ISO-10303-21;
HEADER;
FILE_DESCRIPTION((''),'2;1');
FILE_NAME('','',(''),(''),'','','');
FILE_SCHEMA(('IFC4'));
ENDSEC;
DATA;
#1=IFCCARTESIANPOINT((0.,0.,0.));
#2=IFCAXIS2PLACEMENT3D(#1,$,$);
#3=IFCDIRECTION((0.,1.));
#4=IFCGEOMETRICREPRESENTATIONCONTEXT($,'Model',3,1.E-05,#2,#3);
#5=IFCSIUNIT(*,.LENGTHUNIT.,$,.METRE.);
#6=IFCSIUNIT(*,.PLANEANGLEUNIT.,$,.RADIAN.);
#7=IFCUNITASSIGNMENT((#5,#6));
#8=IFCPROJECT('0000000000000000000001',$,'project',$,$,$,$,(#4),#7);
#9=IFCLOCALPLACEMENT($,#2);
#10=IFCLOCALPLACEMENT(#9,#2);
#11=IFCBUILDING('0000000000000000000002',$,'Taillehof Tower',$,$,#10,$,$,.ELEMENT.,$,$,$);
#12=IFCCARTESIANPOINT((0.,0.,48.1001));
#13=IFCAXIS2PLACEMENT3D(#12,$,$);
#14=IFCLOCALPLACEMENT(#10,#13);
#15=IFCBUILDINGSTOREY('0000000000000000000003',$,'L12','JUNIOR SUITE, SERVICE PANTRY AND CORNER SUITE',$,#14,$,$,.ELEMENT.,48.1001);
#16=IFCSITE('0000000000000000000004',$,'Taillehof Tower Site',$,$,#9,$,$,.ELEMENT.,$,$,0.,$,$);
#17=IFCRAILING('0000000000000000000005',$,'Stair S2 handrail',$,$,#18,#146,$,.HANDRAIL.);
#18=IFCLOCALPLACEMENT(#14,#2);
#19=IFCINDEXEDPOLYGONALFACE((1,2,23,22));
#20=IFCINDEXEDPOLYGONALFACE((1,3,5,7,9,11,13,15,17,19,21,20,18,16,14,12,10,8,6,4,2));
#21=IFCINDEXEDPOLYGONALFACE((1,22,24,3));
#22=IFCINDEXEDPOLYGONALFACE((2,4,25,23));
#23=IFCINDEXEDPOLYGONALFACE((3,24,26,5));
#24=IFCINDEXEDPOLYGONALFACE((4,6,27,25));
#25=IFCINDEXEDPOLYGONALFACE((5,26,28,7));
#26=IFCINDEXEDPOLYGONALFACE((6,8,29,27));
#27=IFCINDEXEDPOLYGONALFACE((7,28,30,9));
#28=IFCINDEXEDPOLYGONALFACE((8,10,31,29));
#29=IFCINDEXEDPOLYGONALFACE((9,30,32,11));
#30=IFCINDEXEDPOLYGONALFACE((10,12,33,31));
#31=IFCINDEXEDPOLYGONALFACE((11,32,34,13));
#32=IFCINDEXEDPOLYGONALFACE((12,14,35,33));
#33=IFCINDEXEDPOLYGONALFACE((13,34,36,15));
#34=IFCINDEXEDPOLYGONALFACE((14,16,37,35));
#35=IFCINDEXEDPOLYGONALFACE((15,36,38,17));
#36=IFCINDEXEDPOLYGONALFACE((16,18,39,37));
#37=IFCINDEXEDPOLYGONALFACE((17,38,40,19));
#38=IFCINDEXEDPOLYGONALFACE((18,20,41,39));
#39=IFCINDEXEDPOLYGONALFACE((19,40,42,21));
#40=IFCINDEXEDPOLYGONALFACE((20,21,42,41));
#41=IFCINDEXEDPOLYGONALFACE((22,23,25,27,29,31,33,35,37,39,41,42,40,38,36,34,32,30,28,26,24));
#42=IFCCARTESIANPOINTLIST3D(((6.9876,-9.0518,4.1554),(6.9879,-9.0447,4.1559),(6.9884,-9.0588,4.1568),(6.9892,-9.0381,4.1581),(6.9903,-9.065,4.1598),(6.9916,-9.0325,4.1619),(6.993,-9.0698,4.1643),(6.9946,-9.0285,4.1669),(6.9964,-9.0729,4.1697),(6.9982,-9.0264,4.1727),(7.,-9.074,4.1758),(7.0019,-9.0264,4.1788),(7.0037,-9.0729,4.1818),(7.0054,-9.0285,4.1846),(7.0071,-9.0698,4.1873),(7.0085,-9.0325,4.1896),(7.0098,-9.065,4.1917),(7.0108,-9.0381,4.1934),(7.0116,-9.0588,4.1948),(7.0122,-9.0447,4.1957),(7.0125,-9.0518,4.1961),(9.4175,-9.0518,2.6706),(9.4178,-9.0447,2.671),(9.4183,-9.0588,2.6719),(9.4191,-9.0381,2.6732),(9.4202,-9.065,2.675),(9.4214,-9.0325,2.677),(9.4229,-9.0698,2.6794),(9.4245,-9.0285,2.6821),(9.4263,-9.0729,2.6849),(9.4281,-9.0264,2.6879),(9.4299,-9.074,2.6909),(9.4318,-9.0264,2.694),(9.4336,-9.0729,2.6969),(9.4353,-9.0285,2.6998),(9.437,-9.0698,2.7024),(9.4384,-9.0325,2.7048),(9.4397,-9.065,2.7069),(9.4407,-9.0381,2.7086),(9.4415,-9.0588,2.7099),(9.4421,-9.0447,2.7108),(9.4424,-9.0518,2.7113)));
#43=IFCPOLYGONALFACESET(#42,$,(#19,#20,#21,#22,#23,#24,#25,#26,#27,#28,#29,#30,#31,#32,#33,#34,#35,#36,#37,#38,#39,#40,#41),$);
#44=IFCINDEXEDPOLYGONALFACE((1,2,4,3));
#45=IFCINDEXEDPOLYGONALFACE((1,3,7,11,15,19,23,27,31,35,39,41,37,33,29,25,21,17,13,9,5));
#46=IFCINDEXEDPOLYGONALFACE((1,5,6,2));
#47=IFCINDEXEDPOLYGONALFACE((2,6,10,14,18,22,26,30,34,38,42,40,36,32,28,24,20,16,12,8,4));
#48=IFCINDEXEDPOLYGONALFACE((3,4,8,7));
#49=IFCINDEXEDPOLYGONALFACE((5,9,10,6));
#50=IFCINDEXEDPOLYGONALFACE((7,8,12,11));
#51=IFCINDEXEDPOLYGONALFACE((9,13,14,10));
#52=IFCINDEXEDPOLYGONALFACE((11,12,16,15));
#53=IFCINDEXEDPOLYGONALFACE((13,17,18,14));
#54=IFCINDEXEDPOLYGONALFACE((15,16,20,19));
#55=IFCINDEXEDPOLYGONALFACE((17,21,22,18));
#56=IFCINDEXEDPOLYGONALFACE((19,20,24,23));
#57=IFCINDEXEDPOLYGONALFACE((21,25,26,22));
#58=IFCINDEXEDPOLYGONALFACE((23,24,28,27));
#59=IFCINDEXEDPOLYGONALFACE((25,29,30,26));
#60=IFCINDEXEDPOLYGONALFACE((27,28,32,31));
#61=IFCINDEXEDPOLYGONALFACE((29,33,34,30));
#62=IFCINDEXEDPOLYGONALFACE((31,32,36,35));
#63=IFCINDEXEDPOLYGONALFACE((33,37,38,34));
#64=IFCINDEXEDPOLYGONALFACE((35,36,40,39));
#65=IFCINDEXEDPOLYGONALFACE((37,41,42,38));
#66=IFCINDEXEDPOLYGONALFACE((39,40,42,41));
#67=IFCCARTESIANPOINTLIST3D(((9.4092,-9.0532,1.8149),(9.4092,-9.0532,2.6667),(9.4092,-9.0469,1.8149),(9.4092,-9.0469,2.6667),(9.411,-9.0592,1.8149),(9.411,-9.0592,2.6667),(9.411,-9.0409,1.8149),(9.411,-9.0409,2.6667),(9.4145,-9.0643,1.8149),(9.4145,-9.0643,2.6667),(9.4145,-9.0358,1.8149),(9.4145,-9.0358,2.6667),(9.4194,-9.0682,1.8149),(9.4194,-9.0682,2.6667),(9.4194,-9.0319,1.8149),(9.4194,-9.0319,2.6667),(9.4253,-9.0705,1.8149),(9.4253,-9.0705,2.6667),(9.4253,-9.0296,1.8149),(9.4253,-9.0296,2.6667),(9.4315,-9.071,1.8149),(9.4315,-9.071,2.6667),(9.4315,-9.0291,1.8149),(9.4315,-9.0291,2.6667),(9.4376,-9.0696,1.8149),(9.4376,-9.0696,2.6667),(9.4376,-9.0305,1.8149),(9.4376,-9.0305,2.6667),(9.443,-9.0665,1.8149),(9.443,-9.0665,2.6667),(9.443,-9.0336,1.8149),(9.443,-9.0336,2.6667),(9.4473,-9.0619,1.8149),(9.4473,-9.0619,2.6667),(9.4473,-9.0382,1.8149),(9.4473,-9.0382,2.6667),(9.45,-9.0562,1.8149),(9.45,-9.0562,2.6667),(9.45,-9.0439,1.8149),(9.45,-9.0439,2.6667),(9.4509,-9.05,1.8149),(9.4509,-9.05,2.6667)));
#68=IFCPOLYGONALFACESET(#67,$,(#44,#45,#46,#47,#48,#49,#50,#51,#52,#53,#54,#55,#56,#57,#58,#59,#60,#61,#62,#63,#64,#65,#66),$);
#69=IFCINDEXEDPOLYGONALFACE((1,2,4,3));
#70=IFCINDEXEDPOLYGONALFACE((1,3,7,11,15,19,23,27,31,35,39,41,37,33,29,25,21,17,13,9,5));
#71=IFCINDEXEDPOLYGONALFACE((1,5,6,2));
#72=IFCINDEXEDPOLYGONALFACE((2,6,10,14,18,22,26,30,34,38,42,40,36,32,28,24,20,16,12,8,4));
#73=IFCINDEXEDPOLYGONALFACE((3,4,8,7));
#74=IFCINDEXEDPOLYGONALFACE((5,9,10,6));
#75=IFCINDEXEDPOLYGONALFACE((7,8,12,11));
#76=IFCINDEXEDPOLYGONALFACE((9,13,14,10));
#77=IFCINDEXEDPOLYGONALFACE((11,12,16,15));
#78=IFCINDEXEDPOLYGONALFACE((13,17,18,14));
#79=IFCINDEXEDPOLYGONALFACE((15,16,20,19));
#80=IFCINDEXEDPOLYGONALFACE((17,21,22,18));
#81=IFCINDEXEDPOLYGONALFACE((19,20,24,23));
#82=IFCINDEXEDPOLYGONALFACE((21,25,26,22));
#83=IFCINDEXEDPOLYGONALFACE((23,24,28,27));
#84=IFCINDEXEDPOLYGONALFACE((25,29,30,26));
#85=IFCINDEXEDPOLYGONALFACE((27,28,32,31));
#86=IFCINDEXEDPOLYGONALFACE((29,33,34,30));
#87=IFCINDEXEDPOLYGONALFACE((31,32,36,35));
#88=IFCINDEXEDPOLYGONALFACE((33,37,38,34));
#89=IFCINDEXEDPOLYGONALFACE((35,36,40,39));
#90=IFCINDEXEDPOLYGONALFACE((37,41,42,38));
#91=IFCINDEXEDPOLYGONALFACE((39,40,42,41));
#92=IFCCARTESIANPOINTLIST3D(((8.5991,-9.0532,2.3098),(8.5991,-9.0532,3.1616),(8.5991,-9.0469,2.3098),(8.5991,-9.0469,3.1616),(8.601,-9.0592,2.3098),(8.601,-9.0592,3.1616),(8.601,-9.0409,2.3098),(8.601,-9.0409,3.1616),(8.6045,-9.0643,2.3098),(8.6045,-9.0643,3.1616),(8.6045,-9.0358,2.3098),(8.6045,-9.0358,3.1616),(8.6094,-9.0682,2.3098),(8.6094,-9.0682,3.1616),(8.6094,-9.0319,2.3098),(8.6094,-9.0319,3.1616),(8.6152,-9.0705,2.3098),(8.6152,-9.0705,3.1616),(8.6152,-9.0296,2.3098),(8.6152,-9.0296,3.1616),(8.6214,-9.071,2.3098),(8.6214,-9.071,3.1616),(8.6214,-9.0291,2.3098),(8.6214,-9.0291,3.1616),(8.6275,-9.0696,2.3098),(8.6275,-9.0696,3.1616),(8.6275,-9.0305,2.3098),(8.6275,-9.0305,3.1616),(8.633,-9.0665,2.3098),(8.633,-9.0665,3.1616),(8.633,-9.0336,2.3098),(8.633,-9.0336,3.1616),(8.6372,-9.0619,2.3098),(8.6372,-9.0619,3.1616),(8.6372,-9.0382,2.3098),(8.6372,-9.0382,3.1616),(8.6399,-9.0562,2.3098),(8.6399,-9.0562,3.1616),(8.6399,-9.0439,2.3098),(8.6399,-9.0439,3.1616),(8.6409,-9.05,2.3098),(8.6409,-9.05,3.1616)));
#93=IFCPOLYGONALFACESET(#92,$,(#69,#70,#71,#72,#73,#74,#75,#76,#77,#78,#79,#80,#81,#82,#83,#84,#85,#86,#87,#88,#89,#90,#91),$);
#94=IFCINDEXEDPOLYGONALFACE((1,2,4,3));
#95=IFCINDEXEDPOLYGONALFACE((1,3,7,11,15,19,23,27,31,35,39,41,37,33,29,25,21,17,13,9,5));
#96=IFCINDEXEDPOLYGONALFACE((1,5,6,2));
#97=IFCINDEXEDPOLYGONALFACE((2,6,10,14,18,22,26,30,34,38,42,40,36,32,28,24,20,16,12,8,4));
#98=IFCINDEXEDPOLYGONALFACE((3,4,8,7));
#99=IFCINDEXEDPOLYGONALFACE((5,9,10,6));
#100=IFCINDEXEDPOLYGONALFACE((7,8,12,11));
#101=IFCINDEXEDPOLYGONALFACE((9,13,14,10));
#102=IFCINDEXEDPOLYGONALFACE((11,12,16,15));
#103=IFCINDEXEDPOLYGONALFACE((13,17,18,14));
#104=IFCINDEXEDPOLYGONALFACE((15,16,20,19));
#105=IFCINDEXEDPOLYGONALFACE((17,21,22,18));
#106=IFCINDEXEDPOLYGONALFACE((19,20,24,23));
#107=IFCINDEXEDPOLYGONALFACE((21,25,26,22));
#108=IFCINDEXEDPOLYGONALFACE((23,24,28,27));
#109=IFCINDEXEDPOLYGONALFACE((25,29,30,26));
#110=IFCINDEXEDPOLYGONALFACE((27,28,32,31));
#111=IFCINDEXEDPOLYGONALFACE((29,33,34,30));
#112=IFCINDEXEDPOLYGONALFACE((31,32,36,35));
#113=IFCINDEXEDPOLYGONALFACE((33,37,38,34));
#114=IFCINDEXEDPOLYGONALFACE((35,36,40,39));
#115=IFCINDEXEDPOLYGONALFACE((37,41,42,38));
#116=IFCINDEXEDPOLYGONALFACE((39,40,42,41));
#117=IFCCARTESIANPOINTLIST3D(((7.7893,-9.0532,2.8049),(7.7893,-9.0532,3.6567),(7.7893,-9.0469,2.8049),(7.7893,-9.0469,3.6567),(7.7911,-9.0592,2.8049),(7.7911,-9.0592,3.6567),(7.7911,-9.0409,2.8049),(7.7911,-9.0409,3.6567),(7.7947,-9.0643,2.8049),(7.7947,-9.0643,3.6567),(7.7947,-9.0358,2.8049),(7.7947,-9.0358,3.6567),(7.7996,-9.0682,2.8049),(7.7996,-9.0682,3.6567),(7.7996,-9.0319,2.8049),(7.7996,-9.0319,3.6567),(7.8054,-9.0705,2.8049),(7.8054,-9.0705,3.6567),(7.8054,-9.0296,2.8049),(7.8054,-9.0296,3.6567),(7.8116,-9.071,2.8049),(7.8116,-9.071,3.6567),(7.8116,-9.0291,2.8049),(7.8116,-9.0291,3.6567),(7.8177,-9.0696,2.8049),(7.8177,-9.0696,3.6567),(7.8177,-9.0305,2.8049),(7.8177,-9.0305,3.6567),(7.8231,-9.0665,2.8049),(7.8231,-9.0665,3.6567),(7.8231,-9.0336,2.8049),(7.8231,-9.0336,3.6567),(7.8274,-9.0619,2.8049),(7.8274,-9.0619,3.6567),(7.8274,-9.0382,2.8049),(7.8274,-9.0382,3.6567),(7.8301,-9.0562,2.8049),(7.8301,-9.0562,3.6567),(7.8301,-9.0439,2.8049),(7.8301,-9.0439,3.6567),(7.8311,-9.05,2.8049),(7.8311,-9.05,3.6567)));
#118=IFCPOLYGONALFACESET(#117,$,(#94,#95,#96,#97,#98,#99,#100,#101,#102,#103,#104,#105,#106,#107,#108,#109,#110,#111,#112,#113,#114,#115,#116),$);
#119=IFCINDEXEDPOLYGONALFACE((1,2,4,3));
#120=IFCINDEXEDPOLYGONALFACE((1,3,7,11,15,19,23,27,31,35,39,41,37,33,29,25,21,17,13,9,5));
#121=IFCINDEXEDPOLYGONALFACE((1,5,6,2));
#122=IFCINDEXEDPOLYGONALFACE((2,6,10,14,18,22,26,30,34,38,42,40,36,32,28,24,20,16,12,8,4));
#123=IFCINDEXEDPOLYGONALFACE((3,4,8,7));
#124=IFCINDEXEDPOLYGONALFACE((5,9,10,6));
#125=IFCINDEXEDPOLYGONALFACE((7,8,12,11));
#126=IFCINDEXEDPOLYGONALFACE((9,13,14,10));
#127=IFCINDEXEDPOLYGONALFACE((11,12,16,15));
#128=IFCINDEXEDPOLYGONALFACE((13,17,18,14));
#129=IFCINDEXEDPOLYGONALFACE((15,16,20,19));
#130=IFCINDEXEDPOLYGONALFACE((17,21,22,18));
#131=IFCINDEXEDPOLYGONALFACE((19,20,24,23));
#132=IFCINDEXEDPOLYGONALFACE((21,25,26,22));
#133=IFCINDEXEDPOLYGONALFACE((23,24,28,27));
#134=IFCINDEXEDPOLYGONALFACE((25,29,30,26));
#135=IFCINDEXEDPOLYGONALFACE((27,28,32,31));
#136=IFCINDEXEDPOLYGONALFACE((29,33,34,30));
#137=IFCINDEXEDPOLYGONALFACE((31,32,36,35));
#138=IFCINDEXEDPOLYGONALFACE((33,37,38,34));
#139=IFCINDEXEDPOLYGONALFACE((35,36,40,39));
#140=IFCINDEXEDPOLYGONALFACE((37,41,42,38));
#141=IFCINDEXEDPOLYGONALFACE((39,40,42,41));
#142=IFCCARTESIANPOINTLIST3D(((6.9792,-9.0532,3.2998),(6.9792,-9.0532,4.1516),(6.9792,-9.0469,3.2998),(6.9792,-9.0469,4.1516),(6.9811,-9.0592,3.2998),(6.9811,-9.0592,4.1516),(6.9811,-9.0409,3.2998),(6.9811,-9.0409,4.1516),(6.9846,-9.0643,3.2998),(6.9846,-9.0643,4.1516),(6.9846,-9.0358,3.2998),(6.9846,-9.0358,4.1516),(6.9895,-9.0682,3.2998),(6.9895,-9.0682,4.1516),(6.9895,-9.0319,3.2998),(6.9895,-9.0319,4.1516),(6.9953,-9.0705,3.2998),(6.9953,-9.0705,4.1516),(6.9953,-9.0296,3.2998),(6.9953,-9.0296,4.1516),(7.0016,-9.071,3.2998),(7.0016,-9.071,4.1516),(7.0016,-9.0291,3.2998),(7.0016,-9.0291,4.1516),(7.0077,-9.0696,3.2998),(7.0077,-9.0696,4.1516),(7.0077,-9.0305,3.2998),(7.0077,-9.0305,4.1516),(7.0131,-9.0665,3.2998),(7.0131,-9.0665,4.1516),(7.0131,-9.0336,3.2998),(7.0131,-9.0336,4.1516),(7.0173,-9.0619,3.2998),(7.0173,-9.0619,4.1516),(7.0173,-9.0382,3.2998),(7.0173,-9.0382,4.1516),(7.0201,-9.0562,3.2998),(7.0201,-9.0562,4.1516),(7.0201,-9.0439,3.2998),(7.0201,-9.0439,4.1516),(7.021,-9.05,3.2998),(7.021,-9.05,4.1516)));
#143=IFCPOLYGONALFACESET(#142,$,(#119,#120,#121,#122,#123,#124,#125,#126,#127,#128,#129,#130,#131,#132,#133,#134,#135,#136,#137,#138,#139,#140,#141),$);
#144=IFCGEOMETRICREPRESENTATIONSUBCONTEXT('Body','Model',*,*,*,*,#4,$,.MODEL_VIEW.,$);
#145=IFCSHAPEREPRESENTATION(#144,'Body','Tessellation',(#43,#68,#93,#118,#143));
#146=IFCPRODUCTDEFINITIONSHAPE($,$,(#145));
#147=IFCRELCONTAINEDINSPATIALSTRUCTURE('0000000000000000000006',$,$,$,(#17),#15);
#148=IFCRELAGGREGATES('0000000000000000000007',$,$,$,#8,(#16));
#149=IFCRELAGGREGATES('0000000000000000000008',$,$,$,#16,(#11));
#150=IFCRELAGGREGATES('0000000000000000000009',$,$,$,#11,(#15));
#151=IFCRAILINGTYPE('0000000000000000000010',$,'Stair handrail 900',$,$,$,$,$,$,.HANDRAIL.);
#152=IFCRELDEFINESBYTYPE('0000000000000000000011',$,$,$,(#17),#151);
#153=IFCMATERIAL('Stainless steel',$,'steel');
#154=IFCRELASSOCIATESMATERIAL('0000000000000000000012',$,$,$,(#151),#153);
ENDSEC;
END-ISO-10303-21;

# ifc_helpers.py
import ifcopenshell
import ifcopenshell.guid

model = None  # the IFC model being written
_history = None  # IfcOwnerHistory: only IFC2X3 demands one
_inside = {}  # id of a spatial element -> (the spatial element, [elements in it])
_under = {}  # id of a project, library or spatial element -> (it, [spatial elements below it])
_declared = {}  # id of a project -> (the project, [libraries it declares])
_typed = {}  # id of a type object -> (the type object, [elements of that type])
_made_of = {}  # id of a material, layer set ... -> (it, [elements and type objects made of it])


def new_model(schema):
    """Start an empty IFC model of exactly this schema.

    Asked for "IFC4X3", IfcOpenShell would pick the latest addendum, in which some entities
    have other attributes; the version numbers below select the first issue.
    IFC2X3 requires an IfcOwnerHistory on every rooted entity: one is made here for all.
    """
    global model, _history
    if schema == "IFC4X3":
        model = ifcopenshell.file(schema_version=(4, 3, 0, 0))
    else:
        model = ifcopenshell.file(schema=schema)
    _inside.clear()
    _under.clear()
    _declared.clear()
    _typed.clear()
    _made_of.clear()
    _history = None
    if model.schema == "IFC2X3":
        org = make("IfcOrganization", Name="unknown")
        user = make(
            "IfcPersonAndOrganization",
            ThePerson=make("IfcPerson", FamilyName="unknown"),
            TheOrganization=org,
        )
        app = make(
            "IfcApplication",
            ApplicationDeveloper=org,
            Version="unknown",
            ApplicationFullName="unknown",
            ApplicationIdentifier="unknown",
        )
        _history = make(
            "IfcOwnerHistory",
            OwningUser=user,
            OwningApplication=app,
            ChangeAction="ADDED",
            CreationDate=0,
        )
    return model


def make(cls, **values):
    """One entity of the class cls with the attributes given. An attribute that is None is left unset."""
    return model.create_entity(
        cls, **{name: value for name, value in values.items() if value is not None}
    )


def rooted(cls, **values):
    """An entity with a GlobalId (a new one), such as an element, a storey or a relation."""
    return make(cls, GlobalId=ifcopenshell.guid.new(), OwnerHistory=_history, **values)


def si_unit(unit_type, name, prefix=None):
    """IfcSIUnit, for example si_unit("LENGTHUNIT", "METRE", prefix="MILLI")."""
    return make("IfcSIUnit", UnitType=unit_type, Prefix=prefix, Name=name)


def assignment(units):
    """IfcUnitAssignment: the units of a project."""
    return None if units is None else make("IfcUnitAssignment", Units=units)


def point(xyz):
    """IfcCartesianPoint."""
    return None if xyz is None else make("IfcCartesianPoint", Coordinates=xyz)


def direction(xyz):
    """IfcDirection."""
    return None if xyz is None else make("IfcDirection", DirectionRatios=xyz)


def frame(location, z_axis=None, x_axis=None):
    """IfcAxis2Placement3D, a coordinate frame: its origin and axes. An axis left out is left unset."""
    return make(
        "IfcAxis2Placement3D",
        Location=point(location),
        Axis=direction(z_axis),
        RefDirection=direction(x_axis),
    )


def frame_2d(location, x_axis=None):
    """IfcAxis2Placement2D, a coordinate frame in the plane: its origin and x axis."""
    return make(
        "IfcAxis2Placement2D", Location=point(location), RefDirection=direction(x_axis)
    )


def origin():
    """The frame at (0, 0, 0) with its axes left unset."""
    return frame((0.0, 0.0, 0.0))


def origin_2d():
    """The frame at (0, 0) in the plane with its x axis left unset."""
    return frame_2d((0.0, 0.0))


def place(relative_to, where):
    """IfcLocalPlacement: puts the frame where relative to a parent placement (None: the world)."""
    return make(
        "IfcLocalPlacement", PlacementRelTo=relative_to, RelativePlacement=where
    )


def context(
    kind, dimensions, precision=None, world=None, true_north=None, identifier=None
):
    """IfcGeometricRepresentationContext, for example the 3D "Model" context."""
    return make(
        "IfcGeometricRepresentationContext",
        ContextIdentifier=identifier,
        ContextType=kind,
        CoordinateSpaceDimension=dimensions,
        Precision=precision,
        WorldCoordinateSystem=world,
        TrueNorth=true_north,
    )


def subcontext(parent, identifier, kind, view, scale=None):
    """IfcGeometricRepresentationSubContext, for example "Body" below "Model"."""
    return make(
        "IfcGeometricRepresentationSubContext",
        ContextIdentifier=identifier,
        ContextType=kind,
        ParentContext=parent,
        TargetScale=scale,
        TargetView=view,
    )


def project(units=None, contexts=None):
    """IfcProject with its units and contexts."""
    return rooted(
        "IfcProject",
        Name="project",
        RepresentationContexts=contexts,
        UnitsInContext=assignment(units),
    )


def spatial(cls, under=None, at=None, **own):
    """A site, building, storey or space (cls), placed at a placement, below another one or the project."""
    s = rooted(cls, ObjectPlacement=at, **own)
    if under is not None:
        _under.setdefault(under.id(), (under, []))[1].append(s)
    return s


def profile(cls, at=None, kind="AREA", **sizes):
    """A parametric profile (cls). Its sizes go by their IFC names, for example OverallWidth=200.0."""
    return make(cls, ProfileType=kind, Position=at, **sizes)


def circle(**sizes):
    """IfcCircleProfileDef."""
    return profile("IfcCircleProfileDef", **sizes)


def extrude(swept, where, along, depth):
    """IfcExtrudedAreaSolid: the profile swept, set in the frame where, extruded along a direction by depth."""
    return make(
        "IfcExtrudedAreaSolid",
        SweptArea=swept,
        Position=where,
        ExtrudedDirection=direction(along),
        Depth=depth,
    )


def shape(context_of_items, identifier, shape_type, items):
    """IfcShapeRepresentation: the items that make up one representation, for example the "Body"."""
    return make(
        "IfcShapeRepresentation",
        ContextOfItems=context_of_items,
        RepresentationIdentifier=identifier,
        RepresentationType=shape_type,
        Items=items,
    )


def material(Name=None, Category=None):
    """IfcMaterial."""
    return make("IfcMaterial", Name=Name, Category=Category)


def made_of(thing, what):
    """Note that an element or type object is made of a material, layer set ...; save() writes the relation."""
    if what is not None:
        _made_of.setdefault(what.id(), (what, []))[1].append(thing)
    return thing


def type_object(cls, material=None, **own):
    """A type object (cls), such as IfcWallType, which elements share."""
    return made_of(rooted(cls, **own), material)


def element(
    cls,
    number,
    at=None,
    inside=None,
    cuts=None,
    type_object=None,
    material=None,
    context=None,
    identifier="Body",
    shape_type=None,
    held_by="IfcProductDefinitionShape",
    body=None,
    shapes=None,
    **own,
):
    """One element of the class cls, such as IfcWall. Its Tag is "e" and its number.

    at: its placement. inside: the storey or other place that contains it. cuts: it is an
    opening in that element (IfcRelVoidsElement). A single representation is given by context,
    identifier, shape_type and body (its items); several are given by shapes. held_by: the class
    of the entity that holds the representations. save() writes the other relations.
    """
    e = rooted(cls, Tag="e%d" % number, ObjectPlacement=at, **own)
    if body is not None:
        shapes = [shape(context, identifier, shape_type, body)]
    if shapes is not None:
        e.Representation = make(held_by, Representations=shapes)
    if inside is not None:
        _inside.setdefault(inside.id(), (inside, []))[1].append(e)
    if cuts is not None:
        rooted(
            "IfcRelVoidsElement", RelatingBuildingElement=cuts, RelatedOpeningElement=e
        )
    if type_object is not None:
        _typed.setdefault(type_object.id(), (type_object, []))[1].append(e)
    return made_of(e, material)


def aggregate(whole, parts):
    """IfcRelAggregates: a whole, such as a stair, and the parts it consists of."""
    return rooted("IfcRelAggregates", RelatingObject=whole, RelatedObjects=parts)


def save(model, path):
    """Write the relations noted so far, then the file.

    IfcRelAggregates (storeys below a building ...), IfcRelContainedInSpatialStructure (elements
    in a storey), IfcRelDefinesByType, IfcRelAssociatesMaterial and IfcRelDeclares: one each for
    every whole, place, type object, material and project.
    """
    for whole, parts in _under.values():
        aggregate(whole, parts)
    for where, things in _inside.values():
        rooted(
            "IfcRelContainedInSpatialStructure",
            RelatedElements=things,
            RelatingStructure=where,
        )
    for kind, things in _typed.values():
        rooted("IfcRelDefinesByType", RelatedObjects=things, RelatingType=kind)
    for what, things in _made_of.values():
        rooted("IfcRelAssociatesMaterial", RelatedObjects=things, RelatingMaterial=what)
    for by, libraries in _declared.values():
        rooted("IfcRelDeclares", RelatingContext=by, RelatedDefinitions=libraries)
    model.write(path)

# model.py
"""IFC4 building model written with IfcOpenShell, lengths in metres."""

from ifc_helpers import new_model, si_unit, direction, frame, origin, origin_2d, place, context, subcontext, project, spatial, circle, extrude, material, type_object, element, save


model = new_model("IFC4")

# Units and contexts
model_context = context("Model", 3, precision=1e-05, world=origin(), true_north=direction((0.0, 1.0)))
body_context = subcontext(model_context, "Body", "Model", "MODEL_VIEW")
ifc_project = project(units=[si_unit("LENGTHUNIT", "METRE"), si_unit("PLANEANGLEUNIT", "RADIAN")], contexts=[model_context])

# Site, building, storey
site_placement = place(None, origin())
site = spatial("IfcSite", under=ifc_project, at=site_placement, Name="Taillehof Tower Site", CompositionType="ELEMENT", RefElevation=0.0)
building_placement = place(site_placement, origin())
building = spatial("IfcBuilding", under=site, at=building_placement, Name="Taillehof Tower", CompositionType="ELEMENT")
storey_placement = place(building_placement, frame((0.0, 0.0, 48.1001)))
storey = spatial("IfcBuildingStorey", under=building, at=storey_placement, Name="L12", Description="JUNIOR SUITE, SERVICE PANTRY AND CORNER SUITE", CompositionType="ELEMENT", Elevation=48.1001)

# Railing
ifc_material_1 = material(Name="Stainless steel", Category="steel")
railing_type = type_object("IfcRailingType", Name="Stair handrail 900", PredefinedType="HANDRAIL", material=ifc_material_1)
railing_1_placement = place(storey_placement, frame((9.4299, -9.05, 1.8149)))
element("IfcRailing", 1, at=railing_1_placement, inside=storey, type_object=railing_type, Name="Stair S2 handrail", PredefinedType="HANDRAIL", context=body_context, shape_type="SweptSolid", body=[
    extrude(circle(Radius=0.0239, at=origin_2d()), frame((0.0, 0.0, 0.876), z_axis=(-0.853297, 0.0, 0.521426), x_axis=(0.0, -1.0, 0.0)), (0.0, 0.0, 1.0), 2.8477),
    extrude(circle(Radius=0.021, at=origin_2d()), origin(), (0.0, 0.0, 1.0), 0.8518),
    extrude(circle(Radius=0.021, at=origin_2d()), frame((-0.8101, 0.0, 0.4949)), (0.0, 0.0, 1.0), 0.8518),
    extrude(circle(Radius=0.021, at=origin_2d()), frame((-1.6199, 0.0, 0.99)), (0.0, 0.0, 1.0), 0.8518),
    extrude(circle(Radius=0.021, at=origin_2d()), frame((-2.4299, 0.0, 1.4849)), (0.0, 0.0, 1.0), 0.8518),
])

save(model, "model.ifc")
